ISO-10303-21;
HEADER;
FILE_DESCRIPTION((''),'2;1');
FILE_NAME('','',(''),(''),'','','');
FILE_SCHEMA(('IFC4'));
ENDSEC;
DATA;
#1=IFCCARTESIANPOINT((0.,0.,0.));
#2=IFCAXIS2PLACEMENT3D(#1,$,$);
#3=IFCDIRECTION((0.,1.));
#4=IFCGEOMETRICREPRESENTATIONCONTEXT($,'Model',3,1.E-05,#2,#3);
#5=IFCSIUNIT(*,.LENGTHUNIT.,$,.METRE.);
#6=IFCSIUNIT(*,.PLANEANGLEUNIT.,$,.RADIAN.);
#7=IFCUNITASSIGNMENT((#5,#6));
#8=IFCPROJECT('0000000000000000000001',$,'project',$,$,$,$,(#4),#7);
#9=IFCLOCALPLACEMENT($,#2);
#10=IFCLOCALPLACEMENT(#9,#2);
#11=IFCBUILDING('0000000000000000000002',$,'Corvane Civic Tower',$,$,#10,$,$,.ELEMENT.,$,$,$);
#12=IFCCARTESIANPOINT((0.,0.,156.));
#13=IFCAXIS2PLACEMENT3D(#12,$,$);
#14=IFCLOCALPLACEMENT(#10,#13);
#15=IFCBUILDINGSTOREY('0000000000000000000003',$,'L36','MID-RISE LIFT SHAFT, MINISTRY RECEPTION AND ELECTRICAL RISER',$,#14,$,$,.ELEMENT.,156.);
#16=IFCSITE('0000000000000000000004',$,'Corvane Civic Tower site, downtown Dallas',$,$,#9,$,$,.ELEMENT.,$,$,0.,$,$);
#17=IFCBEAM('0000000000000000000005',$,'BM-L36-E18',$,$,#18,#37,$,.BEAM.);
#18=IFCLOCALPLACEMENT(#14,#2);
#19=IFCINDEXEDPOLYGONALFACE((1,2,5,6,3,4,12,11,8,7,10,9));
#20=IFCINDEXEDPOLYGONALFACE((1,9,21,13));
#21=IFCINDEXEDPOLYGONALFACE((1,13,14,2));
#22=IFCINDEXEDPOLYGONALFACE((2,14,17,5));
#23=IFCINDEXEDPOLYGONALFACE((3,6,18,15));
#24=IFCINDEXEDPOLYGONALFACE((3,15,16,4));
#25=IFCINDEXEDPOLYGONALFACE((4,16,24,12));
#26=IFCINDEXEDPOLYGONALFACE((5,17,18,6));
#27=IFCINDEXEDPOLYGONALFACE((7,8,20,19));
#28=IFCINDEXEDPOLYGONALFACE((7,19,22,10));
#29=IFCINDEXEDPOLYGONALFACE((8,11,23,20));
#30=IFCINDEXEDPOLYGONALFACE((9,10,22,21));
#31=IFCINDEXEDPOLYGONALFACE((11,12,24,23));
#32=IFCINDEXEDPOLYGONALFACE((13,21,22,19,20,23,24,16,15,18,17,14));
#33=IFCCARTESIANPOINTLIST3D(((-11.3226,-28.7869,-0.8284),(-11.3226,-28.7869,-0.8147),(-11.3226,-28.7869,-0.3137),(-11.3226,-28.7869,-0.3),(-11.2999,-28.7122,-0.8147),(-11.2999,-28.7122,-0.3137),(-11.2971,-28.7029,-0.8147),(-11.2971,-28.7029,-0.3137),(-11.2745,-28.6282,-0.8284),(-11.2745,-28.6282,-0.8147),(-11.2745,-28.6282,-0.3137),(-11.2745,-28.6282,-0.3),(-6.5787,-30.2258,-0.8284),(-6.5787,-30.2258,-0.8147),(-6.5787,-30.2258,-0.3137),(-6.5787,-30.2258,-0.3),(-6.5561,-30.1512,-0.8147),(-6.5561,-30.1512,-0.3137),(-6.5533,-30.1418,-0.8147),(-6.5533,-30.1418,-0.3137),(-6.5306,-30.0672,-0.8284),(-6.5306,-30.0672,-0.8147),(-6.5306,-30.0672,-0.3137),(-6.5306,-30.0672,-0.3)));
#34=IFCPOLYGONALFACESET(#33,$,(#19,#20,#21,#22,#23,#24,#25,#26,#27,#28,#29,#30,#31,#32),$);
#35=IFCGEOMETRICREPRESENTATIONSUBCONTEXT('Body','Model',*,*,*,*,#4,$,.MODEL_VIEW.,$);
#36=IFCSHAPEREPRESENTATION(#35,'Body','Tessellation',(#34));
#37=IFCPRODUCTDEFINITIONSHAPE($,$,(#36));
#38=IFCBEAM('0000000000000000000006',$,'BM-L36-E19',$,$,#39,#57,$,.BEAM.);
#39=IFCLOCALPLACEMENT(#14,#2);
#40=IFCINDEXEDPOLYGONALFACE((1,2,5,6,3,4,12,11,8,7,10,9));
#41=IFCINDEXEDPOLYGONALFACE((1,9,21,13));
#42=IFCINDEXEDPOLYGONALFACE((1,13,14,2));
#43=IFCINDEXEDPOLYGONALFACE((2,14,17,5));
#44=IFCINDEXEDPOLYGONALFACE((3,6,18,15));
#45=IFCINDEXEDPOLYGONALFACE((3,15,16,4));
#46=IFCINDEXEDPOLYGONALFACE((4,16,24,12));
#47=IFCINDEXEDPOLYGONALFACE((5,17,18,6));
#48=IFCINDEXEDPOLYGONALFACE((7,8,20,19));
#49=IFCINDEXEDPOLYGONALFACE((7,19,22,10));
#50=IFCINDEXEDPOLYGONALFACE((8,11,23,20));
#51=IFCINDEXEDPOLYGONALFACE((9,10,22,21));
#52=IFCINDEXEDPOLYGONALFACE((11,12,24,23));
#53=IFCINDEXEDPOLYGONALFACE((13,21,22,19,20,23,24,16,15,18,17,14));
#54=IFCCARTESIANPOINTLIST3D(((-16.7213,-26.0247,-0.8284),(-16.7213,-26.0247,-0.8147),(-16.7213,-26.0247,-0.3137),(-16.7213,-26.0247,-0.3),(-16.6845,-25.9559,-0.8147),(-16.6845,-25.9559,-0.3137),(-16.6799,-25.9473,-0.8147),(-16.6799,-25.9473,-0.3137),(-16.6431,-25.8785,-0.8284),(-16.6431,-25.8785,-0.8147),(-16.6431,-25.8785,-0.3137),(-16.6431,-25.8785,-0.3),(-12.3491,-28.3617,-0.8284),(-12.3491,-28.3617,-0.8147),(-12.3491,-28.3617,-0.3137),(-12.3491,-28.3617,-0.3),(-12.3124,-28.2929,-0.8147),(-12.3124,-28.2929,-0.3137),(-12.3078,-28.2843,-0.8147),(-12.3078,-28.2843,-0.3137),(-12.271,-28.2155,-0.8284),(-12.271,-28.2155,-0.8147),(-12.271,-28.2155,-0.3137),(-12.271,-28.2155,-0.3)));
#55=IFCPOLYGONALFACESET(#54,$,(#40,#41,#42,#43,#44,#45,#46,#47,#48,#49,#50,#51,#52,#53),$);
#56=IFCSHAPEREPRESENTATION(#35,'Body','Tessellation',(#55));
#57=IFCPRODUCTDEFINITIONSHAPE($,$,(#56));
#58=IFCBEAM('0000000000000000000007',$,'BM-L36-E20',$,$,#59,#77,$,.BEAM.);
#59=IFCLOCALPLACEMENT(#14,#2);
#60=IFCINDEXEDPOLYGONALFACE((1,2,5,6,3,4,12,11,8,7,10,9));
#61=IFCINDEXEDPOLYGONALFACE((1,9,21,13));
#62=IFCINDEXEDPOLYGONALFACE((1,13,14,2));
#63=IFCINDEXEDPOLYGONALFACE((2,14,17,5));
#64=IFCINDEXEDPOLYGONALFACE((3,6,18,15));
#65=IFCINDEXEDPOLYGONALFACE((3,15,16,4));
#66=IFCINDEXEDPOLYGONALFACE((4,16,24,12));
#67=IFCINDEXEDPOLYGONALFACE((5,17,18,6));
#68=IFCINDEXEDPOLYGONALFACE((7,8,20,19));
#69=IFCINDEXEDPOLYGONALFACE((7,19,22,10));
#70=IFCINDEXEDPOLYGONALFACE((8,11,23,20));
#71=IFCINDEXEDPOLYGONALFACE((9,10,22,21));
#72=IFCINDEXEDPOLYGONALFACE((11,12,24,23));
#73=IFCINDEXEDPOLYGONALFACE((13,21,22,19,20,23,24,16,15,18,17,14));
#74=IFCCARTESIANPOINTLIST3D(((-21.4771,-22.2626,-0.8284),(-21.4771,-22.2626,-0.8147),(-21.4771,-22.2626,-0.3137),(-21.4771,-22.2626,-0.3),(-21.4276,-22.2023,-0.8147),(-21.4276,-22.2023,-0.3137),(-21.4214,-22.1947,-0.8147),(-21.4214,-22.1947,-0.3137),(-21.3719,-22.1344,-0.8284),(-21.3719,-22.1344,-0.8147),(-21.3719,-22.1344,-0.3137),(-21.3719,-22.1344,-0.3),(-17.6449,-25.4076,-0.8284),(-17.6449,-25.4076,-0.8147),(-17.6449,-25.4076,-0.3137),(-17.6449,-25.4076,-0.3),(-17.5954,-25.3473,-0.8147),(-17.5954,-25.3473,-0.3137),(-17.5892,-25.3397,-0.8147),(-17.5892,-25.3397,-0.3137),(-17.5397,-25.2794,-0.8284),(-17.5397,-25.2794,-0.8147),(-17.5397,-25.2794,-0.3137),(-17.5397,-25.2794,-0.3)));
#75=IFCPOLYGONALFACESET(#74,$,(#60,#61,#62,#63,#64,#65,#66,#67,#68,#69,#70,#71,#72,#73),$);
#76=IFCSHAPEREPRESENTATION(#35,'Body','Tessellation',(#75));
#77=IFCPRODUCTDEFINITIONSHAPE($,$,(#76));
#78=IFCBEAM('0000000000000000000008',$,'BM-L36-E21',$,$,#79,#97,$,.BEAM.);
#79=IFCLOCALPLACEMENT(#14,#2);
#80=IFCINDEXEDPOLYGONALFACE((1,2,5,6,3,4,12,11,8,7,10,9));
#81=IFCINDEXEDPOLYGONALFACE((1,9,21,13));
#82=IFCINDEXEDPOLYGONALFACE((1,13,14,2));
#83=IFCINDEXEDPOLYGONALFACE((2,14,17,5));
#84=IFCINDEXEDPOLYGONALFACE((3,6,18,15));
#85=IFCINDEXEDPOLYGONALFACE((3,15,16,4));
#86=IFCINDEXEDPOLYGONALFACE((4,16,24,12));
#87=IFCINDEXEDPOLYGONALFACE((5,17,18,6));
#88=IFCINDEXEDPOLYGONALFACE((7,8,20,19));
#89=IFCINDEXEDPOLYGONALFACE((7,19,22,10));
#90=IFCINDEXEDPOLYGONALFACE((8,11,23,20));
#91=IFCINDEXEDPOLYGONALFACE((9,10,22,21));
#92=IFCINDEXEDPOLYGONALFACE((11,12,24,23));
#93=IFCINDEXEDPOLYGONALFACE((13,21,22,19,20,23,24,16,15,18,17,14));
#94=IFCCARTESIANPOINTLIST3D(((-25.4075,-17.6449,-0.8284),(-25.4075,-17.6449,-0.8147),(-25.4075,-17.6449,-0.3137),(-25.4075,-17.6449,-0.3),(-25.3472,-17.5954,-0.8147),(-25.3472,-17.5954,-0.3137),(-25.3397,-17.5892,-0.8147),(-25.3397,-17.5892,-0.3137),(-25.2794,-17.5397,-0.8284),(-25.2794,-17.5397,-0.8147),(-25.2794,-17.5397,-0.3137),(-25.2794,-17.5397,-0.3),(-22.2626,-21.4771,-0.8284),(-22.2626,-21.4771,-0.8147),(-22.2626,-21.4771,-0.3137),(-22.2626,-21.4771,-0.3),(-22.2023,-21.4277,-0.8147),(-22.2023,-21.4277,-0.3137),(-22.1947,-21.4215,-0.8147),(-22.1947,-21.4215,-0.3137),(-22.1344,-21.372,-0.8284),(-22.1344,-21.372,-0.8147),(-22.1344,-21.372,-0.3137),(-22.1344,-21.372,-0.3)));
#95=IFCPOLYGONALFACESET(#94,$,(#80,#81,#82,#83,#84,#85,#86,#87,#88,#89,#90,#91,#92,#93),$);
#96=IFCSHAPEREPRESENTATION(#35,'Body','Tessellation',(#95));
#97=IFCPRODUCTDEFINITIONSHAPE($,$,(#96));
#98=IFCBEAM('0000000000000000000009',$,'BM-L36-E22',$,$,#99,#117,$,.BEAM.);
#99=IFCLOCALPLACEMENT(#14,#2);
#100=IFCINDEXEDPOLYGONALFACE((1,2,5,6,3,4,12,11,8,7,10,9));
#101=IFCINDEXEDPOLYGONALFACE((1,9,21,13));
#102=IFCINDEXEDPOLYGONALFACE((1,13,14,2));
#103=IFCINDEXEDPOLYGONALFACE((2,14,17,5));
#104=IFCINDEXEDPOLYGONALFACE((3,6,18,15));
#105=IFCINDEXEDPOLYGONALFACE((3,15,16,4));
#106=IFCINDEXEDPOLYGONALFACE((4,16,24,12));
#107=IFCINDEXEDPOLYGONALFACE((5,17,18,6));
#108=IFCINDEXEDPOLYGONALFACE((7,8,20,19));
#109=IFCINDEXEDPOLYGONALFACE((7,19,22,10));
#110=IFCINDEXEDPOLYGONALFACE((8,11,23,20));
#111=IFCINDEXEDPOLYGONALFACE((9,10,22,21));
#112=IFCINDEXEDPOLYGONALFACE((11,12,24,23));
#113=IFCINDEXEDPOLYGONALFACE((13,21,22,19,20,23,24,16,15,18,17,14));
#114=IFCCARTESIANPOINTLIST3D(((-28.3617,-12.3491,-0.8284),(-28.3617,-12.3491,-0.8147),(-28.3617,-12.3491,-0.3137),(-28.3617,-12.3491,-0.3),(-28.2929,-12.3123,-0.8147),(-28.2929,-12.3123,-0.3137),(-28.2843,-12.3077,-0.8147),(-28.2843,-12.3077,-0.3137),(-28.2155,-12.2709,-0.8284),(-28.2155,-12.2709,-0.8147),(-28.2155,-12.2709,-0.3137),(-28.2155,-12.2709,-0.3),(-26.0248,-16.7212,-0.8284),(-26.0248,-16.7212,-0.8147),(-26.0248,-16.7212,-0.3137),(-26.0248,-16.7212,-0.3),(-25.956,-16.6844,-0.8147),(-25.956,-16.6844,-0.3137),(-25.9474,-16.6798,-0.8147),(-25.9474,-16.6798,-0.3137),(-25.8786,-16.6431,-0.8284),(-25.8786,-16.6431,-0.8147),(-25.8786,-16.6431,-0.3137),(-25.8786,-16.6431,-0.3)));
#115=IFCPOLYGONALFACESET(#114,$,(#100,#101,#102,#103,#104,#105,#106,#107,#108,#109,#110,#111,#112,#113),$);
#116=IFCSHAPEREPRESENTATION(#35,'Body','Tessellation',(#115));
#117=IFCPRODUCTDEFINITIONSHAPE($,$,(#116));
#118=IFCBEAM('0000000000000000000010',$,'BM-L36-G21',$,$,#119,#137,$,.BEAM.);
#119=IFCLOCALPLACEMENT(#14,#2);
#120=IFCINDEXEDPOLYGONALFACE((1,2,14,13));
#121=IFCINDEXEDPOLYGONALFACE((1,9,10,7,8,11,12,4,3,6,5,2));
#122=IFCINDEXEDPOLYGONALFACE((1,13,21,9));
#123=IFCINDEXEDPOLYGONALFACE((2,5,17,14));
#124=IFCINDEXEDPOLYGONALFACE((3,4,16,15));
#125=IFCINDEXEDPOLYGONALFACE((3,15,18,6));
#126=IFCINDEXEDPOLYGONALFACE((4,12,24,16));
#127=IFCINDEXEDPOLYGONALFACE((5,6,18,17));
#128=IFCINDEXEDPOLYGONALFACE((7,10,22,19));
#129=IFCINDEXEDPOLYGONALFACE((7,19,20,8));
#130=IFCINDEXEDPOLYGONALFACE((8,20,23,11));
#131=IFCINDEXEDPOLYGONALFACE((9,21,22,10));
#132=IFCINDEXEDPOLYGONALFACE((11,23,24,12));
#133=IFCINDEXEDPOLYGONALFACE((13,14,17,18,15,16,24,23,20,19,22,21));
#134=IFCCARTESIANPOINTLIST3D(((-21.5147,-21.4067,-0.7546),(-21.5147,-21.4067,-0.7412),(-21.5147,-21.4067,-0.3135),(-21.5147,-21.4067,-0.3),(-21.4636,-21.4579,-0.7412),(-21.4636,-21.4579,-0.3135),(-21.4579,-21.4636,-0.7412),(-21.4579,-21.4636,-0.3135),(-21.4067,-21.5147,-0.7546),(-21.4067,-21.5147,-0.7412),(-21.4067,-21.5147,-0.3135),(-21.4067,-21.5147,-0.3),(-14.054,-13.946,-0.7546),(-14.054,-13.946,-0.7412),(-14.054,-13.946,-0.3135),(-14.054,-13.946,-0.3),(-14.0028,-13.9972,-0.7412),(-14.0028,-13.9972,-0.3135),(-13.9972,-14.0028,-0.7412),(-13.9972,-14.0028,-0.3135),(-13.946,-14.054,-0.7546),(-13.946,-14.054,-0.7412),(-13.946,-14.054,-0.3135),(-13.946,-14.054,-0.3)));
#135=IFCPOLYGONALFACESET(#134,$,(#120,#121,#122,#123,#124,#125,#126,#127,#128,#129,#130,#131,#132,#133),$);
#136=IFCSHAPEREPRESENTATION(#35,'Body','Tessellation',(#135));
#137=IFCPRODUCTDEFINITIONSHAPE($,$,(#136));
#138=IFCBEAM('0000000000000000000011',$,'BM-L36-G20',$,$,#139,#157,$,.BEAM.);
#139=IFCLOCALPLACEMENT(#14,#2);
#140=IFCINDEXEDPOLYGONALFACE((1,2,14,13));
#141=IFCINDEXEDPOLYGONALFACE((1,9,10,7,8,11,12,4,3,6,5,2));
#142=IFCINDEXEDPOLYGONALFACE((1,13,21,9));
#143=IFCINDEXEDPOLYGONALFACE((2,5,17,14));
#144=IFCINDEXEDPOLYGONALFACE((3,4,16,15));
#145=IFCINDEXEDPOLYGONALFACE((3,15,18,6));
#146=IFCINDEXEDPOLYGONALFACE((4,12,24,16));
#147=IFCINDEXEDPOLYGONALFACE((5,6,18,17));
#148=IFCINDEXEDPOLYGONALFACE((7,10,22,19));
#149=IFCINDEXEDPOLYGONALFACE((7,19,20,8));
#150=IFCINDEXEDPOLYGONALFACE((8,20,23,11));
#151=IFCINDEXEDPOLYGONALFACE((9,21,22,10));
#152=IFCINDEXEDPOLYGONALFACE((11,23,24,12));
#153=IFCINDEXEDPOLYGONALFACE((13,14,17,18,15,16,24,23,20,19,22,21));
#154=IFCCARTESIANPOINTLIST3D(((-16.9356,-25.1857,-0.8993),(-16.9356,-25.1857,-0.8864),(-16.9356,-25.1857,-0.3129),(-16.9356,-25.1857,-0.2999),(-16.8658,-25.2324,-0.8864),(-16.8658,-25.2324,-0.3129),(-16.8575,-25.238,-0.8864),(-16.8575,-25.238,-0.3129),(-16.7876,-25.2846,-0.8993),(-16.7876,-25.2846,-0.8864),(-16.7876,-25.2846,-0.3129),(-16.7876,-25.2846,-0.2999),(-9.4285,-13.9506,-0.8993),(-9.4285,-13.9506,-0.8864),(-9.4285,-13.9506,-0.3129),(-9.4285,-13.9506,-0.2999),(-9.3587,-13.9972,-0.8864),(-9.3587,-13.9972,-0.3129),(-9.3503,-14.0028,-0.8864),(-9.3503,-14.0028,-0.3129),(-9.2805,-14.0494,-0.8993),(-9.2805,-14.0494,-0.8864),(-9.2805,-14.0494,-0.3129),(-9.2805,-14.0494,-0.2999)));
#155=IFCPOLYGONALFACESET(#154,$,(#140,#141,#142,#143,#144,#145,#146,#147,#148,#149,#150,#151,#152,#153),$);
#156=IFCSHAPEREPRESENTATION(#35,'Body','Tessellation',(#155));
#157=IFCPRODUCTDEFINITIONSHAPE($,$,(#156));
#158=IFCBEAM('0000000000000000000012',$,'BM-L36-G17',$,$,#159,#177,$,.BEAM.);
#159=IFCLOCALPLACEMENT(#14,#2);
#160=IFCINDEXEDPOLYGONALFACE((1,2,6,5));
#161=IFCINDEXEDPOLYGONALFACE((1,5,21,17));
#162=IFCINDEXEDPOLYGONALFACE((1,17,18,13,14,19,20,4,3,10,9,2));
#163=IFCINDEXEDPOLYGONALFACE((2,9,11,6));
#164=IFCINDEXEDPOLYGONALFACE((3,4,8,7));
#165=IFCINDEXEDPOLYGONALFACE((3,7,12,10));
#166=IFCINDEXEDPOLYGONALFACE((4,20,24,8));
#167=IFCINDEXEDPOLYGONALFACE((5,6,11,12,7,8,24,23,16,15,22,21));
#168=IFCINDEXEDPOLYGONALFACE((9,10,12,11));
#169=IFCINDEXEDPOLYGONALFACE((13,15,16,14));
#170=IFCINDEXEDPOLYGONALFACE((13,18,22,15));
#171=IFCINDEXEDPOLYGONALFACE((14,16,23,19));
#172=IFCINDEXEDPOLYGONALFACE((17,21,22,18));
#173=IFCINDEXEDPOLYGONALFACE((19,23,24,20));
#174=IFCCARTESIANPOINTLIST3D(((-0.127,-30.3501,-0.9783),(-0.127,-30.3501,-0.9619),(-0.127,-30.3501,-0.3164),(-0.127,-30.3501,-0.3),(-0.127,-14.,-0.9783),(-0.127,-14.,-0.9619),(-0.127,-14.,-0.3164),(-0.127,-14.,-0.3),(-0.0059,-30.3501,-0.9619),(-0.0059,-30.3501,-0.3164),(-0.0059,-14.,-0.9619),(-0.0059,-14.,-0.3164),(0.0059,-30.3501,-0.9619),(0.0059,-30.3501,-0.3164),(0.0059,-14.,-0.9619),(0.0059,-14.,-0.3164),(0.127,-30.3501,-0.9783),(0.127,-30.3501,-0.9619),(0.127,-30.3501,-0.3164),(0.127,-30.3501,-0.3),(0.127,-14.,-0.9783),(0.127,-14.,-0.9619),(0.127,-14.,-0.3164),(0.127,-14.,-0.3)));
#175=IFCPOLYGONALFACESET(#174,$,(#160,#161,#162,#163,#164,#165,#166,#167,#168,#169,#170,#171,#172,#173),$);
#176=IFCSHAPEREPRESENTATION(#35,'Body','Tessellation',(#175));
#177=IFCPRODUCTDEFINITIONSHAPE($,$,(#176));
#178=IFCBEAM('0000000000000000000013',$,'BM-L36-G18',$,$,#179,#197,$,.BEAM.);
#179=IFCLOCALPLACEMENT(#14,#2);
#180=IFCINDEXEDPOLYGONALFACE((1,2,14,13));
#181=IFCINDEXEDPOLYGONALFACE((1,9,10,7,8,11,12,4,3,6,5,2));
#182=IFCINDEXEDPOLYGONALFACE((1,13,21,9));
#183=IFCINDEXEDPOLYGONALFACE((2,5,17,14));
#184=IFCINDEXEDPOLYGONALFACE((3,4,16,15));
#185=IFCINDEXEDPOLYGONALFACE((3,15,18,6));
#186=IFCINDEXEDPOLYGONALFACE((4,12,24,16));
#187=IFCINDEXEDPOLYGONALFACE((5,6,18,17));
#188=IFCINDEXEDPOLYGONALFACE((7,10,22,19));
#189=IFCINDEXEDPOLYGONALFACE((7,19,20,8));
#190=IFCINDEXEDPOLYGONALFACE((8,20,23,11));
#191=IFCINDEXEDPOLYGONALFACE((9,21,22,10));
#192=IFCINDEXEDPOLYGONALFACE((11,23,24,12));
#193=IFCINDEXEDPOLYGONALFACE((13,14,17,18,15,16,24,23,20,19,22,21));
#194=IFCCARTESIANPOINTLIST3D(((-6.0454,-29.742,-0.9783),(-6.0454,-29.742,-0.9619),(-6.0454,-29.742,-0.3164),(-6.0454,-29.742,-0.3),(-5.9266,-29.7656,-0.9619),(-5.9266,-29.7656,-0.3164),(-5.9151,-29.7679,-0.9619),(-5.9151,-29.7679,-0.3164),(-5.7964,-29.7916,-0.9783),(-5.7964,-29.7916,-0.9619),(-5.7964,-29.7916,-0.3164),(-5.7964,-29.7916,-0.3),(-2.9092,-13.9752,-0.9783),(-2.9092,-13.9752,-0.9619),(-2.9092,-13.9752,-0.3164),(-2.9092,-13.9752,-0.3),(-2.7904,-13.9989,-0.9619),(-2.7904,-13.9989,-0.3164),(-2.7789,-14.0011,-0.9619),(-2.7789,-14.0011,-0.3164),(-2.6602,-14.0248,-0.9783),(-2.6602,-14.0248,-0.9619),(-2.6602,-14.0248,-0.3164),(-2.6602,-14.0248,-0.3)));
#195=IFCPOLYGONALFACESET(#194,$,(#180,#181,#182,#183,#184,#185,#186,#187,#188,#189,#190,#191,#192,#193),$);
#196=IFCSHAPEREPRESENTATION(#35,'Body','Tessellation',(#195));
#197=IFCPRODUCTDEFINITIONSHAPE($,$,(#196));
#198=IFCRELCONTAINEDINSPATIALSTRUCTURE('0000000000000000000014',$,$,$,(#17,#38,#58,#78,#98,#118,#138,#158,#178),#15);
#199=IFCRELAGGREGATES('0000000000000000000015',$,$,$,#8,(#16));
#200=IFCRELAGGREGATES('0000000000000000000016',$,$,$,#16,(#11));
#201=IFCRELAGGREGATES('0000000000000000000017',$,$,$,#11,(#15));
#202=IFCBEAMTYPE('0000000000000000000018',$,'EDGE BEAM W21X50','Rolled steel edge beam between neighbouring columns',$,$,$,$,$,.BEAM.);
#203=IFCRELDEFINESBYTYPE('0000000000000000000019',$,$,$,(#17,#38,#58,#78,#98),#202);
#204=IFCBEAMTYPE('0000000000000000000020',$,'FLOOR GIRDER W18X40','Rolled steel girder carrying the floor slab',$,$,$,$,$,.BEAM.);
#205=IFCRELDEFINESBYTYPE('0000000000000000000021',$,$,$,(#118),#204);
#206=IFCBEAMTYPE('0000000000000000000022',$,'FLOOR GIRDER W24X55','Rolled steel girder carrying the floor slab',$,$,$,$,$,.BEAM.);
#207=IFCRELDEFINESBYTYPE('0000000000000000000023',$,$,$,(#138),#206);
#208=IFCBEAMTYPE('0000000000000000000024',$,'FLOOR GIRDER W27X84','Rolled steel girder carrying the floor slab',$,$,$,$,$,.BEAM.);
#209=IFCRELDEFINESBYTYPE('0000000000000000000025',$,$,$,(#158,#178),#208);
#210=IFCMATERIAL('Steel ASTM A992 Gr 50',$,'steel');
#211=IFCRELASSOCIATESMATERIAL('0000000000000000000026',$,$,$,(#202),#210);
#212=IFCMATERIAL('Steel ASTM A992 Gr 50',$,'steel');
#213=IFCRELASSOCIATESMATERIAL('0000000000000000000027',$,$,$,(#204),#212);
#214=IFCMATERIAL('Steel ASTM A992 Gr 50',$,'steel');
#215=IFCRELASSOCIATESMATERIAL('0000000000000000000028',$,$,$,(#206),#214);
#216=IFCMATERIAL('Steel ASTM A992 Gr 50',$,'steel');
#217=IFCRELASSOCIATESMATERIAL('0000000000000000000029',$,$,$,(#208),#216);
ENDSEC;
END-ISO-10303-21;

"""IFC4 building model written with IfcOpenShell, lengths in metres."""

from ifc_helpers import new_model, si_unit, direction, frame, origin, origin_2d, place, context, subcontext, project, spatial, i_section, extrude, material, material_profile, profile_set, type_object, element, save


model = new_model("IFC4")

# Units and contexts
model_context = context("Model", 3, precision=1e-05, world=origin(), true_north=direction((0.0, 1.0)))
body_context = subcontext(model_context, "Body", "Model", "MODEL_VIEW")
ifc_project = project(units=[si_unit("LENGTHUNIT", "METRE"), si_unit("PLANEANGLEUNIT", "RADIAN")], contexts=[model_context])

# Site, building, storey
site_placement = place(None, origin())
site = spatial("IfcSite", under=ifc_project, at=site_placement, Name="Corvane Civic Tower site, downtown Dallas", CompositionType="ELEMENT", RefElevation=0.0)
building_placement = place(site_placement, origin())
building = spatial("IfcBuilding", under=site, at=building_placement, Name="Corvane Civic Tower", CompositionType="ELEMENT")
storey_placement = place(building_placement, frame((0.0, 0.0, 156.0)))
storey = spatial("IfcBuildingStorey", under=building, at=storey_placement, Name="L36", Description="MID-RISE LIFT SHAFT, MINISTRY RECEPTION AND ELECTRICAL RISER", CompositionType="ELEMENT", Elevation=156.0)

# Beams
ifc_material_1 = material(Name="Steel ASTM A992 Gr 50", Category="steel")
ifc_material_profile_1 = material_profile(ifc_material_1, i_section(OverallWidth=0.1658, OverallDepth=0.5283, WebThickness=0.0098, FlangeThickness=0.0137, at=origin_2d()), Name="W21X50")
ifc_profile_set_1 = profile_set([ifc_material_profile_1], Name="Steel ASTM A992 Gr 50")
beam_type_1 = type_object("IfcBeamType", Name="EDGE BEAM W21X50", Description="Rolled steel edge beam between neighbouring columns", PredefinedType="BEAM", material=ifc_profile_set_1)
beam_1_placement = place(storey_placement, frame((-6.5547, -30.1465, -0.5642), z_axis=(-0.956945, 0.29027, 0.0), x_axis=(-0.29027, -0.956945, 0.0)))
element("IfcBeam", 1, at=beam_1_placement, inside=storey, type_object=beam_type_1, Name="BM-L36-E18", PredefinedType="BEAM", context=body_context, shape_type="SweptSolid", body=[
    extrude(i_section(OverallWidth=0.1658, OverallDepth=0.5283, WebThickness=0.0098, FlangeThickness=0.0137, at=origin_2d()), origin(), (0.0, 0.0, 1.0), 4.9573),
])
for number, where, z_axis, x_axis, name in (
    (2, (-12.3101, -28.2886, -0.5642), (-0.881922, 0.471396, 0.0), (-0.471396, -0.881922, 0.0), "BM-L36-E19"),
    (3, (-17.5923, -25.3435, -0.5642), (-0.773015, 0.634388, 0.0), (-0.634388, -0.773015, 0.0), "BM-L36-E20"),
    (4, (-22.1985, -21.4246, -0.5642), (-0.634388, 0.773015, 0.0), (-0.773015, -0.634388, 0.0), "BM-L36-E21"),
    (5, (-25.9517, -16.6821, -0.5642), (-0.471396, 0.881922, 0.0), (-0.881922, -0.471396, 0.0), "BM-L36-E22"),
):
    element("IfcBeam", number, at=place(storey_placement, frame(where, z_axis=z_axis, x_axis=x_axis)), inside=storey, type_object=beam_type_1, Name=name, PredefinedType="BEAM", context=body_context, shape_type="SweptSolid", body=[
        extrude(i_section(OverallWidth=0.1658, OverallDepth=0.5283, WebThickness=0.0098, FlangeThickness=0.0137, at=origin_2d()), origin(), (0.0, 0.0, 1.0), 4.9575),
    ])
ifc_material_2 = material(Name="Steel ASTM A992 Gr 50", Category="steel")
ifc_material_profile_2 = material_profile(ifc_material_2, i_section(OverallWidth=0.1528, OverallDepth=0.4546, WebThickness=0.0081, FlangeThickness=0.0134, at=origin_2d()), Name="W18X40")
ifc_profile_set_2 = profile_set([ifc_material_profile_2], Name="Steel ASTM A992 Gr 50")
beam_type_2 = type_object("IfcBeamType", Name="FLOOR GIRDER W18X40", Description="Rolled steel girder carrying the floor slab", PredefinedType="BEAM", material=ifc_profile_set_2)
beam_2_placement = place(storey_placement, frame((-14.0, -14.0, -0.5273), z_axis=(-0.707107, -0.707107, 0.0), x_axis=(0.707107, -0.707107, 0.0)))
element("IfcBeam", 6, at=beam_2_placement, inside=storey, type_object=beam_type_2, Name="BM-L36-G21", PredefinedType="BEAM", context=body_context, shape_type="SweptSolid", body=[
    extrude(i_section(OverallWidth=0.1528, OverallDepth=0.4546, WebThickness=0.0081, FlangeThickness=0.0134, at=origin_2d()), origin(), (0.0, 0.0, 1.0), 10.551),
])
ifc_material_3 = material(Name="Steel ASTM A992 Gr 50", Category="steel")
ifc_material_profile_3 = material_profile(ifc_material_3, i_section(OverallWidth=0.178, OverallDepth=0.5994, WebThickness=0.01, FlangeThickness=0.0129, at=origin_2d()), Name="W24X55")
ifc_profile_set_3 = profile_set([ifc_material_profile_3], Name="Steel ASTM A992 Gr 50")
beam_type_3 = type_object("IfcBeamType", Name="FLOOR GIRDER W24X55", Description="Rolled steel girder carrying the floor slab", PredefinedType="BEAM", material=ifc_profile_set_3)
beam_3_placement = place(storey_placement, frame((-9.3545, -14.0, -0.5996), z_axis=(-0.555571, -0.831469, 0.0), x_axis=(0.831469, -0.555571, 0.0)))
element("IfcBeam", 7, at=beam_3_placement, inside=storey, type_object=beam_type_3, Name="BM-L36-G20", PredefinedType="BEAM", context=body_context, shape_type="SweptSolid", body=[
    extrude(i_section(OverallWidth=0.178, OverallDepth=0.5994, WebThickness=0.01, FlangeThickness=0.0129, at=origin_2d()), origin(), (0.0, 0.0, 1.0), 13.5125),
])
ifc_material_4 = material(Name="Steel ASTM A992 Gr 50", Category="steel")
ifc_material_profile_4 = material_profile(ifc_material_4, i_section(OverallWidth=0.2539, OverallDepth=0.6782, WebThickness=0.0117, FlangeThickness=0.0164, at=origin_2d()), Name="W27X84")
ifc_profile_set_4 = profile_set([ifc_material_profile_4], Name="Steel ASTM A992 Gr 50")
beam_type_4 = type_object("IfcBeamType", Name="FLOOR GIRDER W27X84", Description="Rolled steel girder carrying the floor slab", PredefinedType="BEAM", material=ifc_profile_set_4)
beam_4_placement = place(storey_placement, frame((0.0, -14.0, -0.6392), z_axis=(0.0, -1.0, 0.0), x_axis=(1.0, 0.0, 0.0)))
element("IfcBeam", 8, at=beam_4_placement, inside=storey, type_object=beam_type_4, Name="BM-L36-G17", PredefinedType="BEAM", context=body_context, shape_type="SweptSolid", body=[
    extrude(i_section(OverallWidth=0.2539, OverallDepth=0.6782, WebThickness=0.0117, FlangeThickness=0.0164, at=origin_2d()), origin(), (0.0, 0.0, 1.0), 16.3501),
])
beam_5_placement = place(storey_placement, frame((-2.7847, -14.0, -0.6392), z_axis=(-0.195091, -0.980785, 0.0), x_axis=(0.980785, -0.195091, 0.0)))
element("IfcBeam", 9, at=beam_5_placement, inside=storey, type_object=beam_type_4, Name="BM-L36-G18", PredefinedType="BEAM", context=body_context, shape_type="SweptSolid", body=[
    extrude(i_section(OverallWidth=0.2539, OverallDepth=0.6782, WebThickness=0.0117, FlangeThickness=0.0164, at=origin_2d()), origin(), (0.0, 0.0, 1.0), 16.0757),
])

save(model, "model.ifc")
